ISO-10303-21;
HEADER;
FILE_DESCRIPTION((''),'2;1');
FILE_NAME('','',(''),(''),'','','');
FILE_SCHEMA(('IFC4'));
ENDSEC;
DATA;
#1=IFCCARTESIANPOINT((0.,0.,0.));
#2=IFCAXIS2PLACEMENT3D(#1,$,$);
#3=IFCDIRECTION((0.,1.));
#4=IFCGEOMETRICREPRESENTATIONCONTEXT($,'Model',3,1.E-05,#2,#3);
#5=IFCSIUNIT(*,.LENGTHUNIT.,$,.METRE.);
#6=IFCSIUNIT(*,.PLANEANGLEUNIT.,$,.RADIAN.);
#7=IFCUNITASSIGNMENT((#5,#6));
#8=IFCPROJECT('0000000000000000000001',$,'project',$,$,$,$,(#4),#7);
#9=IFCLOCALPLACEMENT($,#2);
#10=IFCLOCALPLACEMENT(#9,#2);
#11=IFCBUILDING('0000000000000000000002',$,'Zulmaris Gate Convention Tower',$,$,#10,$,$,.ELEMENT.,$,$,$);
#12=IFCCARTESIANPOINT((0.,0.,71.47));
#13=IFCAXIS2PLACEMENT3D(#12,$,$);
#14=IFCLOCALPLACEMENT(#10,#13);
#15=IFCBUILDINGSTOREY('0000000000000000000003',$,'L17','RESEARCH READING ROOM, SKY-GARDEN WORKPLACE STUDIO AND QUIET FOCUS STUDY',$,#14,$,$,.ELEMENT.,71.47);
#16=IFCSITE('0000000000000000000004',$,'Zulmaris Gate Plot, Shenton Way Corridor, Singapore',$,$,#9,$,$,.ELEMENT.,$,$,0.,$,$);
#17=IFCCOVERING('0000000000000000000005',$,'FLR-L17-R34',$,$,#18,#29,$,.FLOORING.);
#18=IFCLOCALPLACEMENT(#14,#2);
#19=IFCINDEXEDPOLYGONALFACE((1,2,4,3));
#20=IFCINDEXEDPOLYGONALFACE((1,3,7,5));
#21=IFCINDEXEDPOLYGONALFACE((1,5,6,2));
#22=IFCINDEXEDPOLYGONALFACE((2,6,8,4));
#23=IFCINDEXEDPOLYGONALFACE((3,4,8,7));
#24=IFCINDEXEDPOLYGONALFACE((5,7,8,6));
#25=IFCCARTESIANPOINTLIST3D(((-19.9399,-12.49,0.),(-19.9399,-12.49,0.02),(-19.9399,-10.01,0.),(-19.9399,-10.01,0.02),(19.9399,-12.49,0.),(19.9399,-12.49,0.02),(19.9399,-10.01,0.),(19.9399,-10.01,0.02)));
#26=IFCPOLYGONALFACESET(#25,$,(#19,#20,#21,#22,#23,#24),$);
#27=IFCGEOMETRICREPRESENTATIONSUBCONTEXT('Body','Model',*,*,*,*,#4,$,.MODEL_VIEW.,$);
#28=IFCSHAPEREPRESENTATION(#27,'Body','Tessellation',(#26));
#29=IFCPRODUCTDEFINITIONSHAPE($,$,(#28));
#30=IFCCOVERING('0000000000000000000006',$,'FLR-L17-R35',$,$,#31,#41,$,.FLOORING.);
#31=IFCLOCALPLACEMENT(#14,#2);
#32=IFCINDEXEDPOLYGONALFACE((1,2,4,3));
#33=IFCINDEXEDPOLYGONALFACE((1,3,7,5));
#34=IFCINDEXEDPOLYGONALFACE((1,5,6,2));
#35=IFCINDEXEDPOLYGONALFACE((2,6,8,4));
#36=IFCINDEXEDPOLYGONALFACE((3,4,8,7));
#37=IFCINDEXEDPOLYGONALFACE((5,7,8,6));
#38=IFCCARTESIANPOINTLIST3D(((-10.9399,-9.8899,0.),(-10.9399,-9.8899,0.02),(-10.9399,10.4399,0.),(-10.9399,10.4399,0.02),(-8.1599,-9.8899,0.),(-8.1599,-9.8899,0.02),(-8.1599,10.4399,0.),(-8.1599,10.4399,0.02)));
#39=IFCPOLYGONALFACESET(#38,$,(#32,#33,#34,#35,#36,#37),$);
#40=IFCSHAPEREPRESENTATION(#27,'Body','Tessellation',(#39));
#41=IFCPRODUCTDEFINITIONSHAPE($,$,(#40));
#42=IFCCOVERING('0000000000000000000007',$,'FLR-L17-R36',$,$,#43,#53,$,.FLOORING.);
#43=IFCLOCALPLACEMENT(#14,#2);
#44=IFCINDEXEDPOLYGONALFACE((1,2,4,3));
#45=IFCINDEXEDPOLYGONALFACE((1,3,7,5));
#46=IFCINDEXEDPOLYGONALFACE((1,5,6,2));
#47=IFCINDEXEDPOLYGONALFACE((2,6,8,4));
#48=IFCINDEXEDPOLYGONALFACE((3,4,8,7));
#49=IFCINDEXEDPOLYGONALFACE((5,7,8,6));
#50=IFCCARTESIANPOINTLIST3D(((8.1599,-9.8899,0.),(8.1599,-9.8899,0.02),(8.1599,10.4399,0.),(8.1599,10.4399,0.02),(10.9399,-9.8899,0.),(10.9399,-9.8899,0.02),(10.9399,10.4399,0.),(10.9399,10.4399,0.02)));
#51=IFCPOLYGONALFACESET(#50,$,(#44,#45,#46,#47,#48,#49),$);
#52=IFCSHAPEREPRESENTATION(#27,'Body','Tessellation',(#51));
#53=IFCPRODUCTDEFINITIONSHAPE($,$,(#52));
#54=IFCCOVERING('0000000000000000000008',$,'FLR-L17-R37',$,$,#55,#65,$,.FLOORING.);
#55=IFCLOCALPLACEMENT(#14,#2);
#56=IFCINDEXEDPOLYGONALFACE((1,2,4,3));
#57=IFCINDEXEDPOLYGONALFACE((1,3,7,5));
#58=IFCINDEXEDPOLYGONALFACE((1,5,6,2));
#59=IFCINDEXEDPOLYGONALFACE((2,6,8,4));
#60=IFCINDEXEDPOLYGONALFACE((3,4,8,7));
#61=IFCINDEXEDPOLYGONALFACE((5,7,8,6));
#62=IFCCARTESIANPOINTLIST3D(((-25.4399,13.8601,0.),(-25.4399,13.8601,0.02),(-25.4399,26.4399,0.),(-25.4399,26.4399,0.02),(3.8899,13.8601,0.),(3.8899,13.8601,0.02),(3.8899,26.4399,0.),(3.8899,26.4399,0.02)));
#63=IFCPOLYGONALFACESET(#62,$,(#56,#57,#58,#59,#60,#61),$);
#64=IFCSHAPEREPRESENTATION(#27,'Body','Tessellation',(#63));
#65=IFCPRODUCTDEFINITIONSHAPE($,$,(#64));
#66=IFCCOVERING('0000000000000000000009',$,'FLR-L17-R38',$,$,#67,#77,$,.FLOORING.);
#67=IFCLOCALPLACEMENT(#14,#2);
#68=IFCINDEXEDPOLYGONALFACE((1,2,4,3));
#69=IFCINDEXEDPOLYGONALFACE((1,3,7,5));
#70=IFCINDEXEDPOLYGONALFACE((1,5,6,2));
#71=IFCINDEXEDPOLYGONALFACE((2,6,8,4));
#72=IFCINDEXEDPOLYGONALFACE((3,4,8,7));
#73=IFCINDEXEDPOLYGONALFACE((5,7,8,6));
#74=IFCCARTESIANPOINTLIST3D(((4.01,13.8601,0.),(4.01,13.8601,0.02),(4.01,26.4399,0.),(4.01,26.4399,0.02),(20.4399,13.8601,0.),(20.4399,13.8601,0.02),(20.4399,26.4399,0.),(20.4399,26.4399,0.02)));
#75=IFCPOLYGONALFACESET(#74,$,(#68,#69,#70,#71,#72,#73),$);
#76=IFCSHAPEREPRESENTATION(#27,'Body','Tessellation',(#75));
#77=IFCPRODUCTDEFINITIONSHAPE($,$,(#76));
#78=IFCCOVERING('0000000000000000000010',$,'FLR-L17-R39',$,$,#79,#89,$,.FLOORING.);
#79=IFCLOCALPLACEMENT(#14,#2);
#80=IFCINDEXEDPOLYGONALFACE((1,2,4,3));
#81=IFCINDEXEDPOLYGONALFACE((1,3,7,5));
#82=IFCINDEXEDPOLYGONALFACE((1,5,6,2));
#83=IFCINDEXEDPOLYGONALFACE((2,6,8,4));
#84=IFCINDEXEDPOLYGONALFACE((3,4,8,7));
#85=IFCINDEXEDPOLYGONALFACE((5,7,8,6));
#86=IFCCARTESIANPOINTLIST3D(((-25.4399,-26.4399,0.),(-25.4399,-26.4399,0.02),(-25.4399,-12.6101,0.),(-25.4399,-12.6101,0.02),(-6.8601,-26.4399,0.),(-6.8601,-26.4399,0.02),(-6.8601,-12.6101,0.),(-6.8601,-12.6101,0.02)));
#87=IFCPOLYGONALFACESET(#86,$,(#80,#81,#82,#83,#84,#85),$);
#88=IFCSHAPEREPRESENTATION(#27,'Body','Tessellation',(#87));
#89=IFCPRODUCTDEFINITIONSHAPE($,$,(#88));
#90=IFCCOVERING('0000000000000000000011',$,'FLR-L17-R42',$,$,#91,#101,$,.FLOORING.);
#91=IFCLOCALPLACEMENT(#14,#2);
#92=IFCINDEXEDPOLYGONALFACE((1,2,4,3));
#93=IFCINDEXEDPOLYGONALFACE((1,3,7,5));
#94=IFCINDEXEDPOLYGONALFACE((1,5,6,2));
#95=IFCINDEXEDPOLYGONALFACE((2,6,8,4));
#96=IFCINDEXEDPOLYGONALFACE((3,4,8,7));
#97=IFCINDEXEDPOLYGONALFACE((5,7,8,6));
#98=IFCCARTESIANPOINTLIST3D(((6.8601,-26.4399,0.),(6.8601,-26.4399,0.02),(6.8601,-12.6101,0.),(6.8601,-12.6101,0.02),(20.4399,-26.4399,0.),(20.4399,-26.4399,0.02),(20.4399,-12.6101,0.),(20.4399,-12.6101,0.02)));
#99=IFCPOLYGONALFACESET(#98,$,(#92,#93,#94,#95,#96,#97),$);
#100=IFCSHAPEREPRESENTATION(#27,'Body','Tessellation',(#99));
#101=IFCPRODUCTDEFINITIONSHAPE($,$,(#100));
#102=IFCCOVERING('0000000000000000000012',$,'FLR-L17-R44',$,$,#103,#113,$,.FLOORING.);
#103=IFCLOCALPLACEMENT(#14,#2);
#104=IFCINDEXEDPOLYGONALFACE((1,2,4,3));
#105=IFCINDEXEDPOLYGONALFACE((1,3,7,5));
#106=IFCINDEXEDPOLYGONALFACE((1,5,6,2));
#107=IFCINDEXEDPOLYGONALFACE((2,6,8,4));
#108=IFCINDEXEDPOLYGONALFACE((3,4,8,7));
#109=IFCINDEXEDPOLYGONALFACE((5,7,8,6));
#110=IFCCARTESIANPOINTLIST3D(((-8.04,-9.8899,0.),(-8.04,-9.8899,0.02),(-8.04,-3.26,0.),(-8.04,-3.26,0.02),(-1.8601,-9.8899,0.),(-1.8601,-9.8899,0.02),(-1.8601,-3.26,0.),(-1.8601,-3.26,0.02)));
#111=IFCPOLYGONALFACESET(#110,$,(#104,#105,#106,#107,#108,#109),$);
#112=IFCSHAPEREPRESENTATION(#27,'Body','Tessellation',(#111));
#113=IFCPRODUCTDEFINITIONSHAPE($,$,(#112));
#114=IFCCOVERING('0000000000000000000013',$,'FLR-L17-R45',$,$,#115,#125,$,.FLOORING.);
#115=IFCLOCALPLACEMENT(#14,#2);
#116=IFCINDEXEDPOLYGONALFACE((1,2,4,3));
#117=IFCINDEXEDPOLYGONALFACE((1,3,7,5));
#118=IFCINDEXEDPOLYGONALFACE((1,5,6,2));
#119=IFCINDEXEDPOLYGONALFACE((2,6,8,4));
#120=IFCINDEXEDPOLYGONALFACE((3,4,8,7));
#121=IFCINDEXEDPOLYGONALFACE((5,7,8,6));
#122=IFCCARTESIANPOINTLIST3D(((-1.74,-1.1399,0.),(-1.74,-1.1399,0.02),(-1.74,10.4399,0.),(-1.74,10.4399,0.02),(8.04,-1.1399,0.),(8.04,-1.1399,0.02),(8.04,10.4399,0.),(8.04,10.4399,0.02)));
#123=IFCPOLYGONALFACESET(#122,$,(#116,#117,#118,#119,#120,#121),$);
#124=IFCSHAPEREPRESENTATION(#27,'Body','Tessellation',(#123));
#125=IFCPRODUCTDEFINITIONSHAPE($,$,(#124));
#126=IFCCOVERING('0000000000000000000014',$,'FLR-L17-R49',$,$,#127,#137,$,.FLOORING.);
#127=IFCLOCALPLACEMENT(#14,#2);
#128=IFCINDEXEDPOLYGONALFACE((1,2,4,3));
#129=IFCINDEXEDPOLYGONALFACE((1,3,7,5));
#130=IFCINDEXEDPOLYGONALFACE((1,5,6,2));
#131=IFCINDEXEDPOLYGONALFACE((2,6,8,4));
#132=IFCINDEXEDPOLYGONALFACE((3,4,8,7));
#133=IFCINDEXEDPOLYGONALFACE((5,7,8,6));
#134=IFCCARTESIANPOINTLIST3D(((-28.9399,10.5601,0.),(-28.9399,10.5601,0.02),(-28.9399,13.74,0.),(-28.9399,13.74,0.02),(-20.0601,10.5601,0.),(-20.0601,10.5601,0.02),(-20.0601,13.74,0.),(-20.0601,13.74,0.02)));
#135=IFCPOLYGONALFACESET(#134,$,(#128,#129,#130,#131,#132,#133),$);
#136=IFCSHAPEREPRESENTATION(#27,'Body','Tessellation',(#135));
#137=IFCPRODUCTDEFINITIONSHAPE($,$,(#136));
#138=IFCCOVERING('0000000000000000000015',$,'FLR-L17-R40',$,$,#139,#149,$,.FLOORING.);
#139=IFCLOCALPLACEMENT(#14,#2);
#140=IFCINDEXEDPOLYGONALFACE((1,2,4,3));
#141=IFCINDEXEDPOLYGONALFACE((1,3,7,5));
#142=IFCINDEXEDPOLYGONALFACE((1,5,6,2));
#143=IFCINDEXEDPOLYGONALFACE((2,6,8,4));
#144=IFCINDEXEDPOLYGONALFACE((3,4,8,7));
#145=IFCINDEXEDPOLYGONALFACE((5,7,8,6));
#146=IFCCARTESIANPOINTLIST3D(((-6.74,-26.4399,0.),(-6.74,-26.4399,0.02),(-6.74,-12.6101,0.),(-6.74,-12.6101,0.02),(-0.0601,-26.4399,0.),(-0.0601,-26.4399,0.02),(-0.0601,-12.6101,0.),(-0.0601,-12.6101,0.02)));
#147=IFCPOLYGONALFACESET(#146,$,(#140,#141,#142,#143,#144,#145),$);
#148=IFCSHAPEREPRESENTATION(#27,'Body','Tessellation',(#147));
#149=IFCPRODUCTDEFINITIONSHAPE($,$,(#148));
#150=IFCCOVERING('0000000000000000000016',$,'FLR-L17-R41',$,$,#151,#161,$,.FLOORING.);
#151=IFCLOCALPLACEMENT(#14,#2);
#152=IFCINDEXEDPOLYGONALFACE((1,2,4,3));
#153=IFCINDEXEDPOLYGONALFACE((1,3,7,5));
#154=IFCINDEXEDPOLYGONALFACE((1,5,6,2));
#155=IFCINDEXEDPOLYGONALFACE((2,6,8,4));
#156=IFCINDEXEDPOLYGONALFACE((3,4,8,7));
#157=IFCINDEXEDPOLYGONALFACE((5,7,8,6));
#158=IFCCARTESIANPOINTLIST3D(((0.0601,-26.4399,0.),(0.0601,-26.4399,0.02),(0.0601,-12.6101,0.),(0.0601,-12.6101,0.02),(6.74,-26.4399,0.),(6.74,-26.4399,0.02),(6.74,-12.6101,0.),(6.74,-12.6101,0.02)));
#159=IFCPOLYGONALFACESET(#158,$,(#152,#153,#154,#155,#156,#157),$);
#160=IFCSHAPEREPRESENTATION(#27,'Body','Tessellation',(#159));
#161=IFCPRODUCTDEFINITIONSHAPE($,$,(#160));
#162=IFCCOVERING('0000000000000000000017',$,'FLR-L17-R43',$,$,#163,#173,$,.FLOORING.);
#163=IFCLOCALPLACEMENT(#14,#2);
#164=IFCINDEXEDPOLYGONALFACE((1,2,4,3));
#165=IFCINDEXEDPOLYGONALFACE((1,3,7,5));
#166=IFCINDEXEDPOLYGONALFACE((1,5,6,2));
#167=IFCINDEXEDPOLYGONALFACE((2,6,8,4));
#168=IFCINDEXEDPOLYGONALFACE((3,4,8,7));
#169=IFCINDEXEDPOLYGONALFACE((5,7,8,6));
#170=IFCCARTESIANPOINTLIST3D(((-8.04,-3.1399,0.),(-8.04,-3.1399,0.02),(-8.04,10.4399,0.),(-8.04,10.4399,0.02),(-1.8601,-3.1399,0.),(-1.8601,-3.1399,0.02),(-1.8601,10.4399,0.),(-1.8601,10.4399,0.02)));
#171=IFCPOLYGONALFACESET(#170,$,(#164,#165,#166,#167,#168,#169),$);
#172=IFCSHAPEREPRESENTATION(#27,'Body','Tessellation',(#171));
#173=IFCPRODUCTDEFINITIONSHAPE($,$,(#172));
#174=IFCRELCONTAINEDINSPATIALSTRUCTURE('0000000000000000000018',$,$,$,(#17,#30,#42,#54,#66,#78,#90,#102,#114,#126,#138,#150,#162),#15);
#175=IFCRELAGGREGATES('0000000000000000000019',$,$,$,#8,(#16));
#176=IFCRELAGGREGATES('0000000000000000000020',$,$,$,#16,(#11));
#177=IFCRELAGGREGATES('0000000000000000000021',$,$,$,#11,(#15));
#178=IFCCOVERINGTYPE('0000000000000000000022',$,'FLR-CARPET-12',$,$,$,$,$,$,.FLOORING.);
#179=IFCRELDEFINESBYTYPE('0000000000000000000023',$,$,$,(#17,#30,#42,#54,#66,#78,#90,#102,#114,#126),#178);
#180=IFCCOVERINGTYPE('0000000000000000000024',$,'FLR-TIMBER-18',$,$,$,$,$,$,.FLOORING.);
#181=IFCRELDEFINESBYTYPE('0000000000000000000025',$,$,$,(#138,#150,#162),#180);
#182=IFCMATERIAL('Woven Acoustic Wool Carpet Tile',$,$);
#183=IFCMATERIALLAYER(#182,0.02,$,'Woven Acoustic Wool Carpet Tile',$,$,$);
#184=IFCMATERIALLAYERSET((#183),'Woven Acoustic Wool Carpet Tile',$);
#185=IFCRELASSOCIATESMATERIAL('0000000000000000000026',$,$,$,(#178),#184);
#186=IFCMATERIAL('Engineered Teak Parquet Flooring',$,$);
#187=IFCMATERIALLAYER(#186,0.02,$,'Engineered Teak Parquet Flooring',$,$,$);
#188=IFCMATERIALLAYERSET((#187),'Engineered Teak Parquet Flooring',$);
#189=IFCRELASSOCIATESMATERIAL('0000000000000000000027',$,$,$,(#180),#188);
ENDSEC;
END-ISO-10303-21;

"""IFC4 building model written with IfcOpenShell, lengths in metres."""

from ifc_helpers import new_model, si_unit, direction, frame, origin, place, context, subcontext, project, spatial, polyline, outline, extrude, material, layer, layer_set, type_object, element, save


model = new_model("IFC4")

# Units and contexts
model_context = context("Model", 3, precision=1e-05, world=origin(), true_north=direction((0.0, 1.0)))
body_context = subcontext(model_context, "Body", "Model", "MODEL_VIEW")
ifc_project = project(units=[si_unit("LENGTHUNIT", "METRE"), si_unit("PLANEANGLEUNIT", "RADIAN")], contexts=[model_context])

# Site, building, storey
site_placement = place(None, origin())
site = spatial("IfcSite", under=ifc_project, at=site_placement, Name="Zulmaris Gate Plot, Shenton Way Corridor, Singapore", CompositionType="ELEMENT", RefElevation=0.0)
building_placement = place(site_placement, origin())
building = spatial("IfcBuilding", under=site, at=building_placement, Name="Zulmaris Gate Convention Tower", CompositionType="ELEMENT")
storey_placement = place(building_placement, frame((0.0, 0.0, 71.47)))
storey = spatial("IfcBuildingStorey", under=building, at=storey_placement, Name="L17", Description="RESEARCH READING ROOM, SKY-GARDEN WORKPLACE STUDIO AND QUIET FOCUS STUDY", CompositionType="ELEMENT", Elevation=71.47)

# Coverings
ifc_material_1 = material(Name="Woven Acoustic Wool Carpet Tile")
ifc_layer_1 = layer(ifc_material_1, 0.02, Name="Woven Acoustic Wool Carpet Tile")
ifc_layer_set_1 = layer_set([ifc_layer_1], Name="Woven Acoustic Wool Carpet Tile")
covering_type_1 = type_object("IfcCoveringType", Name="FLR-CARPET-12", PredefinedType="FLOORING", material=ifc_layer_set_1)
covering_1_placement = place(storey_placement, origin())
element("IfcCovering", 1, at=covering_1_placement, inside=storey, type_object=covering_type_1, Name="FLR-L17-R34", PredefinedType="FLOORING", context=body_context, shape_type="SweptSolid", body=[
    extrude(outline(polyline([(-19.9399, -12.49), (19.9399, -12.49), (19.9399, -10.01), (-19.9399, -10.01), (-19.9399, -12.49)])), origin(), (0.0, 0.0, 1.0), 0.02),
])
covering_2_placement = place(storey_placement, origin())
element("IfcCovering", 2, at=covering_2_placement, inside=storey, type_object=covering_type_1, Name="FLR-L17-R35", PredefinedType="FLOORING", context=body_context, shape_type="SweptSolid", body=[
    extrude(outline(polyline([(-10.9399, -9.8899), (-8.1599, -9.8899), (-8.1599, 10.4399), (-10.9399, 10.4399), (-10.9399, -9.8899)])), origin(), (0.0, 0.0, 1.0), 0.02),
])
covering_3_placement = place(storey_placement, origin())
element("IfcCovering", 3, at=covering_3_placement, inside=storey, type_object=covering_type_1, Name="FLR-L17-R36", PredefinedType="FLOORING", context=body_context, shape_type="SweptSolid", body=[
    extrude(outline(polyline([(8.1599, -9.8899), (10.9399, -9.8899), (10.9399, 10.4399), (8.1599, 10.4399), (8.1599, -9.8899)])), origin(), (0.0, 0.0, 1.0), 0.02),
])
covering_4_placement = place(storey_placement, origin())
element("IfcCovering", 4, at=covering_4_placement, inside=storey, type_object=covering_type_1, Name="FLR-L17-R37", PredefinedType="FLOORING", context=body_context, shape_type="SweptSolid", body=[
    extrude(outline(polyline([(-25.4399, 13.8601), (3.8899, 13.8601), (3.8899, 26.4399), (-25.4399, 26.4399), (-25.4399, 13.8601)])), origin(), (0.0, 0.0, 1.0), 0.02),
])
covering_5_placement = place(storey_placement, origin())
element("IfcCovering", 5, at=covering_5_placement, inside=storey, type_object=covering_type_1, Name="FLR-L17-R38", PredefinedType="FLOORING", context=body_context, shape_type="SweptSolid", body=[
    extrude(outline(polyline([(4.01, 13.8601), (20.4399, 13.8601), (20.4399, 26.4399), (4.01, 26.4399), (4.01, 13.8601)])), origin(), (0.0, 0.0, 1.0), 0.02),
])
covering_6_placement = place(storey_placement, origin())
element("IfcCovering", 6, at=covering_6_placement, inside=storey, type_object=covering_type_1, Name="FLR-L17-R39", PredefinedType="FLOORING", context=body_context, shape_type="SweptSolid", body=[
    extrude(outline(polyline([(-25.4399, -26.4399), (-6.8601, -26.4399), (-6.8601, -12.6101), (-25.4399, -12.6101), (-25.4399, -26.4399)])), origin(), (0.0, 0.0, 1.0), 0.02),
])
covering_7_placement = place(storey_placement, origin())
element("IfcCovering", 7, at=covering_7_placement, inside=storey, type_object=covering_type_1, Name="FLR-L17-R42", PredefinedType="FLOORING", context=body_context, shape_type="SweptSolid", body=[
    extrude(outline(polyline([(6.8601, -26.4399), (20.4399, -26.4399), (20.4399, -12.6101), (6.8601, -12.6101), (6.8601, -26.4399)])), origin(), (0.0, 0.0, 1.0), 0.02),
])
covering_8_placement = place(storey_placement, origin())
element("IfcCovering", 8, at=covering_8_placement, inside=storey, type_object=covering_type_1, Name="FLR-L17-R44", PredefinedType="FLOORING", context=body_context, shape_type="SweptSolid", body=[
    extrude(outline(polyline([(-8.04, -9.8899), (-1.8601, -9.8899), (-1.8601, -3.26), (-8.04, -3.26), (-8.04, -9.8899)])), origin(), (0.0, 0.0, 1.0), 0.02),
])
covering_9_placement = place(storey_placement, origin())
element("IfcCovering", 9, at=covering_9_placement, inside=storey, type_object=covering_type_1, Name="FLR-L17-R45", PredefinedType="FLOORING", context=body_context, shape_type="SweptSolid", body=[
    extrude(outline(polyline([(-1.74, -1.1399), (8.04, -1.1399), (8.04, 10.4399), (-1.74, 10.4399), (-1.74, -1.1399)])), origin(), (0.0, 0.0, 1.0), 0.02),
])
covering_10_placement = place(storey_placement, origin())
element("IfcCovering", 10, at=covering_10_placement, inside=storey, type_object=covering_type_1, Name="FLR-L17-R49", PredefinedType="FLOORING", context=body_context, shape_type="SweptSolid", body=[
    extrude(outline(polyline([(-28.9399, 10.5601), (-20.0601, 10.5601), (-20.0601, 13.74), (-28.9399, 13.74), (-28.9399, 10.5601)])), origin(), (0.0, 0.0, 1.0), 0.02),
])
ifc_material_2 = material(Name="Engineered Teak Parquet Flooring")
ifc_layer_2 = layer(ifc_material_2, 0.02, Name="Engineered Teak Parquet Flooring")
ifc_layer_set_2 = layer_set([ifc_layer_2], Name="Engineered Teak Parquet Flooring")
covering_type_2 = type_object("IfcCoveringType", Name="FLR-TIMBER-18", PredefinedType="FLOORING", material=ifc_layer_set_2)
covering_11_placement = place(storey_placement, origin())
element("IfcCovering", 11, at=covering_11_placement, inside=storey, type_object=covering_type_2, Name="FLR-L17-R40", PredefinedType="FLOORING", context=body_context, shape_type="SweptSolid", body=[
    extrude(outline(polyline([(-6.74, -26.4399), (-0.0601, -26.4399), (-0.0601, -12.6101), (-6.74, -12.6101), (-6.74, -26.4399)])), origin(), (0.0, 0.0, 1.0), 0.02),
])
covering_12_placement = place(storey_placement, origin())
element("IfcCovering", 12, at=covering_12_placement, inside=storey, type_object=covering_type_2, Name="FLR-L17-R41", PredefinedType="FLOORING", context=body_context, shape_type="SweptSolid", body=[
    extrude(outline(polyline([(0.0601, -26.4399), (6.74, -26.4399), (6.74, -12.6101), (0.0601, -12.6101), (0.0601, -26.4399)])), origin(), (0.0, 0.0, 1.0), 0.02),
])
covering_13_placement = place(storey_placement, origin())
element("IfcCovering", 13, at=covering_13_placement, inside=storey, type_object=covering_type_2, Name="FLR-L17-R43", PredefinedType="FLOORING", context=body_context, shape_type="SweptSolid", body=[
    extrude(outline(polyline([(-8.04, -3.1399), (-1.8601, -3.1399), (-1.8601, 10.4399), (-8.04, 10.4399), (-8.04, -3.1399)])), origin(), (0.0, 0.0, 1.0), 0.02),
])

save(model, "model.ifc")
